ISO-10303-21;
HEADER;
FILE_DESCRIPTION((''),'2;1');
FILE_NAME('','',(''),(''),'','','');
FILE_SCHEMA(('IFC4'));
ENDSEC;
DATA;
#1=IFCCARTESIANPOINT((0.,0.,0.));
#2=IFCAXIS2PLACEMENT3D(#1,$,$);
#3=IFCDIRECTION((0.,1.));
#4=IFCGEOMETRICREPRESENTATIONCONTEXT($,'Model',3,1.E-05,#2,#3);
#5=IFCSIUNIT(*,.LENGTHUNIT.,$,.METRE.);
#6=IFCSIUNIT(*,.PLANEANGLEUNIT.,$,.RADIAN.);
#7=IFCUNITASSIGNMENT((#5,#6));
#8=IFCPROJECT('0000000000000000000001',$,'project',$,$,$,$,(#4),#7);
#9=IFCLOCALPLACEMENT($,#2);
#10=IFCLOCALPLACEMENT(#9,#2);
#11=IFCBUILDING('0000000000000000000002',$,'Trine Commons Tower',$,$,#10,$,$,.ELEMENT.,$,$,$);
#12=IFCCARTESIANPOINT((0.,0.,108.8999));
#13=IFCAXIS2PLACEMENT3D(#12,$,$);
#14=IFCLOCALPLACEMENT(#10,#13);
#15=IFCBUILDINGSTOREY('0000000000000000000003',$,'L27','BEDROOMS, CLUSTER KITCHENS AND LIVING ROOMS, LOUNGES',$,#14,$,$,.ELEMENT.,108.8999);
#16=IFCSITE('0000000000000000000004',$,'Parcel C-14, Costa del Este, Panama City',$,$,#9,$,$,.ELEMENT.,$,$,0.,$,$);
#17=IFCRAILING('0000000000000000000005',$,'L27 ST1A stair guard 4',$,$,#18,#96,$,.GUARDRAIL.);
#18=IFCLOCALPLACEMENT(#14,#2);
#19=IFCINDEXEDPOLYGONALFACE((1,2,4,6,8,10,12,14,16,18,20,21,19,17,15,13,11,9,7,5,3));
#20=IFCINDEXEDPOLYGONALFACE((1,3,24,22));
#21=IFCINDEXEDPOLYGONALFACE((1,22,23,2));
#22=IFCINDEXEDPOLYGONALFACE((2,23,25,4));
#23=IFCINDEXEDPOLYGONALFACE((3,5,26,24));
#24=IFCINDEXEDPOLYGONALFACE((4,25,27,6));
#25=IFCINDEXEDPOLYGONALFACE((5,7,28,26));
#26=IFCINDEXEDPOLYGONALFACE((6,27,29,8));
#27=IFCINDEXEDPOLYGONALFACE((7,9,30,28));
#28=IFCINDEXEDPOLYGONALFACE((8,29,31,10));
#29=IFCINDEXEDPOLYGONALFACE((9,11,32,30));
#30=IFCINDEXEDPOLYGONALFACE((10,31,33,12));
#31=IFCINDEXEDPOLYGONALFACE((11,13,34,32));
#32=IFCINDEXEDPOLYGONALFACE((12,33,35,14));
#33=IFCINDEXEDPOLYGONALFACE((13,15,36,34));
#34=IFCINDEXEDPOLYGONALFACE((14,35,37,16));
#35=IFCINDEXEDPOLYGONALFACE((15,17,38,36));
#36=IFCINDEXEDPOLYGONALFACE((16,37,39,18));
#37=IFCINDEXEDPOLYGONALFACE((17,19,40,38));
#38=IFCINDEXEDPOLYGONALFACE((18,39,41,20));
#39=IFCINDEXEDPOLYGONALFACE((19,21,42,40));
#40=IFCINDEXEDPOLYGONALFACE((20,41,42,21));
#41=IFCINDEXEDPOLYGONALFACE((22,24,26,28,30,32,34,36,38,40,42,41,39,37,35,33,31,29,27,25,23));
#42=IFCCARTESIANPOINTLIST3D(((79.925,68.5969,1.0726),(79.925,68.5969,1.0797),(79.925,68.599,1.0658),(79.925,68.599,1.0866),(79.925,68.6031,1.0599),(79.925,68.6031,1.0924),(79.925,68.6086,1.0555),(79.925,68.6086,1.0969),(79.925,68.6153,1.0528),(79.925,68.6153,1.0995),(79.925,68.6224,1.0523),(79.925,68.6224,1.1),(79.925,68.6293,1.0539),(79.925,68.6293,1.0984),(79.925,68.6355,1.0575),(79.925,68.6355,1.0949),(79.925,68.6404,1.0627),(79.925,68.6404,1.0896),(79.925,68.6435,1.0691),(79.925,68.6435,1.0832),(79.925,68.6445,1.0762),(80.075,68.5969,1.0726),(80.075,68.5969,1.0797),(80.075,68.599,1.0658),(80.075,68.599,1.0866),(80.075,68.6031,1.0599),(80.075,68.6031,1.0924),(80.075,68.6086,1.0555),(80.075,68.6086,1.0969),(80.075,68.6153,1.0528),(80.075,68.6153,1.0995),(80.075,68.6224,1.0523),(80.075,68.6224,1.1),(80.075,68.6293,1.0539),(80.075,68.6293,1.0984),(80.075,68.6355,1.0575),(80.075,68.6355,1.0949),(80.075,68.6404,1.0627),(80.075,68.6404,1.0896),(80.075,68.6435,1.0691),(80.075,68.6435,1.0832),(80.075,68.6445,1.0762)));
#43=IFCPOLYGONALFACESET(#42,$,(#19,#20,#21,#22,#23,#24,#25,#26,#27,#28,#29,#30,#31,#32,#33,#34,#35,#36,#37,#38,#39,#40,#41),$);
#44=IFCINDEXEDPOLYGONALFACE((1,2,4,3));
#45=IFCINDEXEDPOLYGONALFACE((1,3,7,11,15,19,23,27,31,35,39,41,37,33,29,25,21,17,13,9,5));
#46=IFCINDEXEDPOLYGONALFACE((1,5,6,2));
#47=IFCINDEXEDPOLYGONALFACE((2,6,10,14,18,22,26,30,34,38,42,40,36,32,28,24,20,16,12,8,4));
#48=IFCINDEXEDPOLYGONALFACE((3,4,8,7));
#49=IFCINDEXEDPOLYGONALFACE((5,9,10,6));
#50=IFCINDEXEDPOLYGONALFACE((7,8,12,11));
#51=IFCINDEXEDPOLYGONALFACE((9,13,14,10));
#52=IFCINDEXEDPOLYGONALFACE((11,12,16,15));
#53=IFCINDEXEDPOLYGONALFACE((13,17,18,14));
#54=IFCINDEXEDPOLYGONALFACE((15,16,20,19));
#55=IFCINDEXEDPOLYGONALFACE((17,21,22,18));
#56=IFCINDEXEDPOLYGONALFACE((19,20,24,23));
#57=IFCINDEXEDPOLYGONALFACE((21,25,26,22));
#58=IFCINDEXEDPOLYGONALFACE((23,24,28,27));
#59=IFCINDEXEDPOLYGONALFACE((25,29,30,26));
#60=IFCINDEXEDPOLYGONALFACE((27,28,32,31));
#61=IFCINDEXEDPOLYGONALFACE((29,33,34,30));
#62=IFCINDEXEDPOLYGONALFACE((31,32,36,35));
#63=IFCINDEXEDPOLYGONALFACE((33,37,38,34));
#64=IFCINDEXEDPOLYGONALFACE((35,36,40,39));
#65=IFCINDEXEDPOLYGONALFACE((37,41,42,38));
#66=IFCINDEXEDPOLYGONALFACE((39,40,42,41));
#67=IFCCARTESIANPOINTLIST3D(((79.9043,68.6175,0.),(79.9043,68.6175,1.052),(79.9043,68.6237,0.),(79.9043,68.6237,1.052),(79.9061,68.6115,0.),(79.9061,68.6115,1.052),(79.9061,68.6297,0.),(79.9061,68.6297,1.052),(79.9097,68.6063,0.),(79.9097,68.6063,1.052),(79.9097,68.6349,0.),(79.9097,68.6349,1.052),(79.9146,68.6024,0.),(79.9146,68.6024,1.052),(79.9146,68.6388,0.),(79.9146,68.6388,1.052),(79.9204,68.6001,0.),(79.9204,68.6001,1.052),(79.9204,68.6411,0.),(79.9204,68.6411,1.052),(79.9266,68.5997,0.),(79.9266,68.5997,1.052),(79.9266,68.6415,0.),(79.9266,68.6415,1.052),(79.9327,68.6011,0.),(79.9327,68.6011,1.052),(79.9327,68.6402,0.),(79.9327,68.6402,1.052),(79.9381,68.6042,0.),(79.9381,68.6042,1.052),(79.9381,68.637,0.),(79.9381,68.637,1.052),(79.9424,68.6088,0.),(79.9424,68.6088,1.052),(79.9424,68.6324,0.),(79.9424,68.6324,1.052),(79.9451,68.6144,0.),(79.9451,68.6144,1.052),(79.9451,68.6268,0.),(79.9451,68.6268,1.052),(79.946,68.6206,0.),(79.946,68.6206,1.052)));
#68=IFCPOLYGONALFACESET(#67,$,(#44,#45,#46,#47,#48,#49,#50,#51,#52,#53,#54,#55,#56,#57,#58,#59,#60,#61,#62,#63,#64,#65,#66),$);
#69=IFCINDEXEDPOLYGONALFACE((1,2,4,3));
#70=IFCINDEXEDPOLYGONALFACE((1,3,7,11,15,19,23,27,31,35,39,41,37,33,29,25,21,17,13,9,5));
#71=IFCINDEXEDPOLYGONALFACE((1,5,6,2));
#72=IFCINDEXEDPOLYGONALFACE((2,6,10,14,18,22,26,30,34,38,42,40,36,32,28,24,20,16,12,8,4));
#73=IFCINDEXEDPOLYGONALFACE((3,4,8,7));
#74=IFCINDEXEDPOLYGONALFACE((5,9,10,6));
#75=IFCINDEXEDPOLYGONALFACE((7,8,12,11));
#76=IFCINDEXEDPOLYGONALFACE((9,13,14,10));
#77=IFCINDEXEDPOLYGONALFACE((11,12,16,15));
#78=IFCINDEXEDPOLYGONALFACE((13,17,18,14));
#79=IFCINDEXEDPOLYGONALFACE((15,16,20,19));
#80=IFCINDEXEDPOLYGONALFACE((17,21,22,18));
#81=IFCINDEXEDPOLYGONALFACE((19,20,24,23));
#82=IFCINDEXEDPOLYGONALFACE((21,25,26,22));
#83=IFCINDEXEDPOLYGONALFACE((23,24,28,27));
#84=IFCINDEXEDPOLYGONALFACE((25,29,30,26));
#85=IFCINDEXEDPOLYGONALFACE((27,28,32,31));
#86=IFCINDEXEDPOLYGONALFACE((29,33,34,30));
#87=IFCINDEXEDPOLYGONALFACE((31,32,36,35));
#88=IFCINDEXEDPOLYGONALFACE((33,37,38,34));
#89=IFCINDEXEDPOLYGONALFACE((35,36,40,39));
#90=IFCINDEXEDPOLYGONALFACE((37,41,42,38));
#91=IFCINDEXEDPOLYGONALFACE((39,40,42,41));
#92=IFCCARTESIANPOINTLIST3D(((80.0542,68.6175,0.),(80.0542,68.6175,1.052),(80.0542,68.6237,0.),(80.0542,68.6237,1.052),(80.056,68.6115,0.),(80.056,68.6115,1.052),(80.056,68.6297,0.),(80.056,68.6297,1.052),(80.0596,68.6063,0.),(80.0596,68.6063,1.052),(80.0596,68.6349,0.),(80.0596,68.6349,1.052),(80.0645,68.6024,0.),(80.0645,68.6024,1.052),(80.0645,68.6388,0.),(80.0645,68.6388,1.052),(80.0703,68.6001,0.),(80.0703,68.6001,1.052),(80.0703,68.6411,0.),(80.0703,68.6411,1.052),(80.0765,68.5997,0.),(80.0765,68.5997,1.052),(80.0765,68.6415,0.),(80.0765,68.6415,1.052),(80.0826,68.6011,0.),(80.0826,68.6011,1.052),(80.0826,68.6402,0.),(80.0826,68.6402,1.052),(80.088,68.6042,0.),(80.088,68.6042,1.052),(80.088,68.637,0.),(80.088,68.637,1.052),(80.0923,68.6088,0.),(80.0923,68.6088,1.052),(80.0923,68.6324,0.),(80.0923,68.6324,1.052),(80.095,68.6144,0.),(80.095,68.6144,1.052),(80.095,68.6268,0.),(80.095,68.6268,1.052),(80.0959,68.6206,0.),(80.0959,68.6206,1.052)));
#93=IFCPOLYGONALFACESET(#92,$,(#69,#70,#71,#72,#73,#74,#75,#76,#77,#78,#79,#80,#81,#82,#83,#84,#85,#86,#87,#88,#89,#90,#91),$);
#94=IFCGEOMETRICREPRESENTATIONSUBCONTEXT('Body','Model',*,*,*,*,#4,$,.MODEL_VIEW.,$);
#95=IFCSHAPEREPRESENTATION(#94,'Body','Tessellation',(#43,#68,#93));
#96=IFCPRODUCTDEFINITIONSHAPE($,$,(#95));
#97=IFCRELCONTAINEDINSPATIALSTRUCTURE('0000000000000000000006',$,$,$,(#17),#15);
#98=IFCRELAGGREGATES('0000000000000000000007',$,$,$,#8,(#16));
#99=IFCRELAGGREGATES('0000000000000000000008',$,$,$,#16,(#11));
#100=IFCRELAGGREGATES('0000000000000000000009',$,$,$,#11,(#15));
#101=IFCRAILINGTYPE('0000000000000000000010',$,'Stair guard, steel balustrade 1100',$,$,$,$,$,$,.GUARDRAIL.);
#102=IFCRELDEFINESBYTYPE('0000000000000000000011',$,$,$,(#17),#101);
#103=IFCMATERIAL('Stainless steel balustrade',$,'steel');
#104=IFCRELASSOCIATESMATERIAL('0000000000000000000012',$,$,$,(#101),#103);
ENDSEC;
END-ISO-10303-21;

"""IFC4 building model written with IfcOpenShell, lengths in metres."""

from ifc_helpers import new_model, si_unit, direction, frame, origin, origin_2d, place, context, subcontext, project, spatial, circle, extrude, material, type_object, element, save


model = new_model("IFC4")

# Units and contexts
model_context = context("Model", 3, precision=1e-05, world=origin(), true_north=direction((0.0, 1.0)))
body_context = subcontext(model_context, "Body", "Model", "MODEL_VIEW")
ifc_project = project(units=[si_unit("LENGTHUNIT", "METRE"), si_unit("PLANEANGLEUNIT", "RADIAN")], contexts=[model_context])

# Site, building, storey
site_placement = place(None, origin())
site = spatial("IfcSite", under=ifc_project, at=site_placement, Name="Parcel C-14, Costa del Este, Panama City", CompositionType="ELEMENT", RefElevation=0.0)
building_placement = place(site_placement, origin())
building = spatial("IfcBuilding", under=site, at=building_placement, Name="Trine Commons Tower", CompositionType="ELEMENT")
storey_placement = place(building_placement, frame((0.0, 0.0, 108.8999)))
storey = spatial("IfcBuildingStorey", under=building, at=storey_placement, Name="L27", Description="BEDROOMS, CLUSTER KITCHENS AND LIVING ROOMS, LOUNGES", CompositionType="ELEMENT", Elevation=108.8999)

# Railing
ifc_material_1 = material(Name="Stainless steel balustrade", Category="steel")
railing_type_1 = type_object("IfcRailingType", Name="Stair guard, steel balustrade 1100", PredefinedType="GUARDRAIL", material=ifc_material_1)
railing_1_placement = place(storey_placement, frame((79.925, 68.6206, 0.0)))
element("IfcRailing", 1, at=railing_1_placement, inside=storey, type_object=railing_type_1, Name="L27 ST1A stair guard 4", PredefinedType="GUARDRAIL", context=body_context, shape_type="SweptSolid", body=[
    extrude(circle(Radius=0.0239, at=origin_2d()), frame((0.0, 0.0, 1.0762), z_axis=(1.0, 0.0, 0.0), x_axis=(0.0, 1.0, 0.0)), (0.0, 0.0, 1.0), 0.1499),
    extrude(circle(Radius=0.021, at=origin_2d()), origin(), (0.0, 0.0, 1.0), 1.052),
    extrude(circle(Radius=0.021, at=origin_2d()), frame((0.1499, 0.0, 0.0)), (0.0, 0.0, 1.0), 1.052),
])

save(model, "model.ifc")
